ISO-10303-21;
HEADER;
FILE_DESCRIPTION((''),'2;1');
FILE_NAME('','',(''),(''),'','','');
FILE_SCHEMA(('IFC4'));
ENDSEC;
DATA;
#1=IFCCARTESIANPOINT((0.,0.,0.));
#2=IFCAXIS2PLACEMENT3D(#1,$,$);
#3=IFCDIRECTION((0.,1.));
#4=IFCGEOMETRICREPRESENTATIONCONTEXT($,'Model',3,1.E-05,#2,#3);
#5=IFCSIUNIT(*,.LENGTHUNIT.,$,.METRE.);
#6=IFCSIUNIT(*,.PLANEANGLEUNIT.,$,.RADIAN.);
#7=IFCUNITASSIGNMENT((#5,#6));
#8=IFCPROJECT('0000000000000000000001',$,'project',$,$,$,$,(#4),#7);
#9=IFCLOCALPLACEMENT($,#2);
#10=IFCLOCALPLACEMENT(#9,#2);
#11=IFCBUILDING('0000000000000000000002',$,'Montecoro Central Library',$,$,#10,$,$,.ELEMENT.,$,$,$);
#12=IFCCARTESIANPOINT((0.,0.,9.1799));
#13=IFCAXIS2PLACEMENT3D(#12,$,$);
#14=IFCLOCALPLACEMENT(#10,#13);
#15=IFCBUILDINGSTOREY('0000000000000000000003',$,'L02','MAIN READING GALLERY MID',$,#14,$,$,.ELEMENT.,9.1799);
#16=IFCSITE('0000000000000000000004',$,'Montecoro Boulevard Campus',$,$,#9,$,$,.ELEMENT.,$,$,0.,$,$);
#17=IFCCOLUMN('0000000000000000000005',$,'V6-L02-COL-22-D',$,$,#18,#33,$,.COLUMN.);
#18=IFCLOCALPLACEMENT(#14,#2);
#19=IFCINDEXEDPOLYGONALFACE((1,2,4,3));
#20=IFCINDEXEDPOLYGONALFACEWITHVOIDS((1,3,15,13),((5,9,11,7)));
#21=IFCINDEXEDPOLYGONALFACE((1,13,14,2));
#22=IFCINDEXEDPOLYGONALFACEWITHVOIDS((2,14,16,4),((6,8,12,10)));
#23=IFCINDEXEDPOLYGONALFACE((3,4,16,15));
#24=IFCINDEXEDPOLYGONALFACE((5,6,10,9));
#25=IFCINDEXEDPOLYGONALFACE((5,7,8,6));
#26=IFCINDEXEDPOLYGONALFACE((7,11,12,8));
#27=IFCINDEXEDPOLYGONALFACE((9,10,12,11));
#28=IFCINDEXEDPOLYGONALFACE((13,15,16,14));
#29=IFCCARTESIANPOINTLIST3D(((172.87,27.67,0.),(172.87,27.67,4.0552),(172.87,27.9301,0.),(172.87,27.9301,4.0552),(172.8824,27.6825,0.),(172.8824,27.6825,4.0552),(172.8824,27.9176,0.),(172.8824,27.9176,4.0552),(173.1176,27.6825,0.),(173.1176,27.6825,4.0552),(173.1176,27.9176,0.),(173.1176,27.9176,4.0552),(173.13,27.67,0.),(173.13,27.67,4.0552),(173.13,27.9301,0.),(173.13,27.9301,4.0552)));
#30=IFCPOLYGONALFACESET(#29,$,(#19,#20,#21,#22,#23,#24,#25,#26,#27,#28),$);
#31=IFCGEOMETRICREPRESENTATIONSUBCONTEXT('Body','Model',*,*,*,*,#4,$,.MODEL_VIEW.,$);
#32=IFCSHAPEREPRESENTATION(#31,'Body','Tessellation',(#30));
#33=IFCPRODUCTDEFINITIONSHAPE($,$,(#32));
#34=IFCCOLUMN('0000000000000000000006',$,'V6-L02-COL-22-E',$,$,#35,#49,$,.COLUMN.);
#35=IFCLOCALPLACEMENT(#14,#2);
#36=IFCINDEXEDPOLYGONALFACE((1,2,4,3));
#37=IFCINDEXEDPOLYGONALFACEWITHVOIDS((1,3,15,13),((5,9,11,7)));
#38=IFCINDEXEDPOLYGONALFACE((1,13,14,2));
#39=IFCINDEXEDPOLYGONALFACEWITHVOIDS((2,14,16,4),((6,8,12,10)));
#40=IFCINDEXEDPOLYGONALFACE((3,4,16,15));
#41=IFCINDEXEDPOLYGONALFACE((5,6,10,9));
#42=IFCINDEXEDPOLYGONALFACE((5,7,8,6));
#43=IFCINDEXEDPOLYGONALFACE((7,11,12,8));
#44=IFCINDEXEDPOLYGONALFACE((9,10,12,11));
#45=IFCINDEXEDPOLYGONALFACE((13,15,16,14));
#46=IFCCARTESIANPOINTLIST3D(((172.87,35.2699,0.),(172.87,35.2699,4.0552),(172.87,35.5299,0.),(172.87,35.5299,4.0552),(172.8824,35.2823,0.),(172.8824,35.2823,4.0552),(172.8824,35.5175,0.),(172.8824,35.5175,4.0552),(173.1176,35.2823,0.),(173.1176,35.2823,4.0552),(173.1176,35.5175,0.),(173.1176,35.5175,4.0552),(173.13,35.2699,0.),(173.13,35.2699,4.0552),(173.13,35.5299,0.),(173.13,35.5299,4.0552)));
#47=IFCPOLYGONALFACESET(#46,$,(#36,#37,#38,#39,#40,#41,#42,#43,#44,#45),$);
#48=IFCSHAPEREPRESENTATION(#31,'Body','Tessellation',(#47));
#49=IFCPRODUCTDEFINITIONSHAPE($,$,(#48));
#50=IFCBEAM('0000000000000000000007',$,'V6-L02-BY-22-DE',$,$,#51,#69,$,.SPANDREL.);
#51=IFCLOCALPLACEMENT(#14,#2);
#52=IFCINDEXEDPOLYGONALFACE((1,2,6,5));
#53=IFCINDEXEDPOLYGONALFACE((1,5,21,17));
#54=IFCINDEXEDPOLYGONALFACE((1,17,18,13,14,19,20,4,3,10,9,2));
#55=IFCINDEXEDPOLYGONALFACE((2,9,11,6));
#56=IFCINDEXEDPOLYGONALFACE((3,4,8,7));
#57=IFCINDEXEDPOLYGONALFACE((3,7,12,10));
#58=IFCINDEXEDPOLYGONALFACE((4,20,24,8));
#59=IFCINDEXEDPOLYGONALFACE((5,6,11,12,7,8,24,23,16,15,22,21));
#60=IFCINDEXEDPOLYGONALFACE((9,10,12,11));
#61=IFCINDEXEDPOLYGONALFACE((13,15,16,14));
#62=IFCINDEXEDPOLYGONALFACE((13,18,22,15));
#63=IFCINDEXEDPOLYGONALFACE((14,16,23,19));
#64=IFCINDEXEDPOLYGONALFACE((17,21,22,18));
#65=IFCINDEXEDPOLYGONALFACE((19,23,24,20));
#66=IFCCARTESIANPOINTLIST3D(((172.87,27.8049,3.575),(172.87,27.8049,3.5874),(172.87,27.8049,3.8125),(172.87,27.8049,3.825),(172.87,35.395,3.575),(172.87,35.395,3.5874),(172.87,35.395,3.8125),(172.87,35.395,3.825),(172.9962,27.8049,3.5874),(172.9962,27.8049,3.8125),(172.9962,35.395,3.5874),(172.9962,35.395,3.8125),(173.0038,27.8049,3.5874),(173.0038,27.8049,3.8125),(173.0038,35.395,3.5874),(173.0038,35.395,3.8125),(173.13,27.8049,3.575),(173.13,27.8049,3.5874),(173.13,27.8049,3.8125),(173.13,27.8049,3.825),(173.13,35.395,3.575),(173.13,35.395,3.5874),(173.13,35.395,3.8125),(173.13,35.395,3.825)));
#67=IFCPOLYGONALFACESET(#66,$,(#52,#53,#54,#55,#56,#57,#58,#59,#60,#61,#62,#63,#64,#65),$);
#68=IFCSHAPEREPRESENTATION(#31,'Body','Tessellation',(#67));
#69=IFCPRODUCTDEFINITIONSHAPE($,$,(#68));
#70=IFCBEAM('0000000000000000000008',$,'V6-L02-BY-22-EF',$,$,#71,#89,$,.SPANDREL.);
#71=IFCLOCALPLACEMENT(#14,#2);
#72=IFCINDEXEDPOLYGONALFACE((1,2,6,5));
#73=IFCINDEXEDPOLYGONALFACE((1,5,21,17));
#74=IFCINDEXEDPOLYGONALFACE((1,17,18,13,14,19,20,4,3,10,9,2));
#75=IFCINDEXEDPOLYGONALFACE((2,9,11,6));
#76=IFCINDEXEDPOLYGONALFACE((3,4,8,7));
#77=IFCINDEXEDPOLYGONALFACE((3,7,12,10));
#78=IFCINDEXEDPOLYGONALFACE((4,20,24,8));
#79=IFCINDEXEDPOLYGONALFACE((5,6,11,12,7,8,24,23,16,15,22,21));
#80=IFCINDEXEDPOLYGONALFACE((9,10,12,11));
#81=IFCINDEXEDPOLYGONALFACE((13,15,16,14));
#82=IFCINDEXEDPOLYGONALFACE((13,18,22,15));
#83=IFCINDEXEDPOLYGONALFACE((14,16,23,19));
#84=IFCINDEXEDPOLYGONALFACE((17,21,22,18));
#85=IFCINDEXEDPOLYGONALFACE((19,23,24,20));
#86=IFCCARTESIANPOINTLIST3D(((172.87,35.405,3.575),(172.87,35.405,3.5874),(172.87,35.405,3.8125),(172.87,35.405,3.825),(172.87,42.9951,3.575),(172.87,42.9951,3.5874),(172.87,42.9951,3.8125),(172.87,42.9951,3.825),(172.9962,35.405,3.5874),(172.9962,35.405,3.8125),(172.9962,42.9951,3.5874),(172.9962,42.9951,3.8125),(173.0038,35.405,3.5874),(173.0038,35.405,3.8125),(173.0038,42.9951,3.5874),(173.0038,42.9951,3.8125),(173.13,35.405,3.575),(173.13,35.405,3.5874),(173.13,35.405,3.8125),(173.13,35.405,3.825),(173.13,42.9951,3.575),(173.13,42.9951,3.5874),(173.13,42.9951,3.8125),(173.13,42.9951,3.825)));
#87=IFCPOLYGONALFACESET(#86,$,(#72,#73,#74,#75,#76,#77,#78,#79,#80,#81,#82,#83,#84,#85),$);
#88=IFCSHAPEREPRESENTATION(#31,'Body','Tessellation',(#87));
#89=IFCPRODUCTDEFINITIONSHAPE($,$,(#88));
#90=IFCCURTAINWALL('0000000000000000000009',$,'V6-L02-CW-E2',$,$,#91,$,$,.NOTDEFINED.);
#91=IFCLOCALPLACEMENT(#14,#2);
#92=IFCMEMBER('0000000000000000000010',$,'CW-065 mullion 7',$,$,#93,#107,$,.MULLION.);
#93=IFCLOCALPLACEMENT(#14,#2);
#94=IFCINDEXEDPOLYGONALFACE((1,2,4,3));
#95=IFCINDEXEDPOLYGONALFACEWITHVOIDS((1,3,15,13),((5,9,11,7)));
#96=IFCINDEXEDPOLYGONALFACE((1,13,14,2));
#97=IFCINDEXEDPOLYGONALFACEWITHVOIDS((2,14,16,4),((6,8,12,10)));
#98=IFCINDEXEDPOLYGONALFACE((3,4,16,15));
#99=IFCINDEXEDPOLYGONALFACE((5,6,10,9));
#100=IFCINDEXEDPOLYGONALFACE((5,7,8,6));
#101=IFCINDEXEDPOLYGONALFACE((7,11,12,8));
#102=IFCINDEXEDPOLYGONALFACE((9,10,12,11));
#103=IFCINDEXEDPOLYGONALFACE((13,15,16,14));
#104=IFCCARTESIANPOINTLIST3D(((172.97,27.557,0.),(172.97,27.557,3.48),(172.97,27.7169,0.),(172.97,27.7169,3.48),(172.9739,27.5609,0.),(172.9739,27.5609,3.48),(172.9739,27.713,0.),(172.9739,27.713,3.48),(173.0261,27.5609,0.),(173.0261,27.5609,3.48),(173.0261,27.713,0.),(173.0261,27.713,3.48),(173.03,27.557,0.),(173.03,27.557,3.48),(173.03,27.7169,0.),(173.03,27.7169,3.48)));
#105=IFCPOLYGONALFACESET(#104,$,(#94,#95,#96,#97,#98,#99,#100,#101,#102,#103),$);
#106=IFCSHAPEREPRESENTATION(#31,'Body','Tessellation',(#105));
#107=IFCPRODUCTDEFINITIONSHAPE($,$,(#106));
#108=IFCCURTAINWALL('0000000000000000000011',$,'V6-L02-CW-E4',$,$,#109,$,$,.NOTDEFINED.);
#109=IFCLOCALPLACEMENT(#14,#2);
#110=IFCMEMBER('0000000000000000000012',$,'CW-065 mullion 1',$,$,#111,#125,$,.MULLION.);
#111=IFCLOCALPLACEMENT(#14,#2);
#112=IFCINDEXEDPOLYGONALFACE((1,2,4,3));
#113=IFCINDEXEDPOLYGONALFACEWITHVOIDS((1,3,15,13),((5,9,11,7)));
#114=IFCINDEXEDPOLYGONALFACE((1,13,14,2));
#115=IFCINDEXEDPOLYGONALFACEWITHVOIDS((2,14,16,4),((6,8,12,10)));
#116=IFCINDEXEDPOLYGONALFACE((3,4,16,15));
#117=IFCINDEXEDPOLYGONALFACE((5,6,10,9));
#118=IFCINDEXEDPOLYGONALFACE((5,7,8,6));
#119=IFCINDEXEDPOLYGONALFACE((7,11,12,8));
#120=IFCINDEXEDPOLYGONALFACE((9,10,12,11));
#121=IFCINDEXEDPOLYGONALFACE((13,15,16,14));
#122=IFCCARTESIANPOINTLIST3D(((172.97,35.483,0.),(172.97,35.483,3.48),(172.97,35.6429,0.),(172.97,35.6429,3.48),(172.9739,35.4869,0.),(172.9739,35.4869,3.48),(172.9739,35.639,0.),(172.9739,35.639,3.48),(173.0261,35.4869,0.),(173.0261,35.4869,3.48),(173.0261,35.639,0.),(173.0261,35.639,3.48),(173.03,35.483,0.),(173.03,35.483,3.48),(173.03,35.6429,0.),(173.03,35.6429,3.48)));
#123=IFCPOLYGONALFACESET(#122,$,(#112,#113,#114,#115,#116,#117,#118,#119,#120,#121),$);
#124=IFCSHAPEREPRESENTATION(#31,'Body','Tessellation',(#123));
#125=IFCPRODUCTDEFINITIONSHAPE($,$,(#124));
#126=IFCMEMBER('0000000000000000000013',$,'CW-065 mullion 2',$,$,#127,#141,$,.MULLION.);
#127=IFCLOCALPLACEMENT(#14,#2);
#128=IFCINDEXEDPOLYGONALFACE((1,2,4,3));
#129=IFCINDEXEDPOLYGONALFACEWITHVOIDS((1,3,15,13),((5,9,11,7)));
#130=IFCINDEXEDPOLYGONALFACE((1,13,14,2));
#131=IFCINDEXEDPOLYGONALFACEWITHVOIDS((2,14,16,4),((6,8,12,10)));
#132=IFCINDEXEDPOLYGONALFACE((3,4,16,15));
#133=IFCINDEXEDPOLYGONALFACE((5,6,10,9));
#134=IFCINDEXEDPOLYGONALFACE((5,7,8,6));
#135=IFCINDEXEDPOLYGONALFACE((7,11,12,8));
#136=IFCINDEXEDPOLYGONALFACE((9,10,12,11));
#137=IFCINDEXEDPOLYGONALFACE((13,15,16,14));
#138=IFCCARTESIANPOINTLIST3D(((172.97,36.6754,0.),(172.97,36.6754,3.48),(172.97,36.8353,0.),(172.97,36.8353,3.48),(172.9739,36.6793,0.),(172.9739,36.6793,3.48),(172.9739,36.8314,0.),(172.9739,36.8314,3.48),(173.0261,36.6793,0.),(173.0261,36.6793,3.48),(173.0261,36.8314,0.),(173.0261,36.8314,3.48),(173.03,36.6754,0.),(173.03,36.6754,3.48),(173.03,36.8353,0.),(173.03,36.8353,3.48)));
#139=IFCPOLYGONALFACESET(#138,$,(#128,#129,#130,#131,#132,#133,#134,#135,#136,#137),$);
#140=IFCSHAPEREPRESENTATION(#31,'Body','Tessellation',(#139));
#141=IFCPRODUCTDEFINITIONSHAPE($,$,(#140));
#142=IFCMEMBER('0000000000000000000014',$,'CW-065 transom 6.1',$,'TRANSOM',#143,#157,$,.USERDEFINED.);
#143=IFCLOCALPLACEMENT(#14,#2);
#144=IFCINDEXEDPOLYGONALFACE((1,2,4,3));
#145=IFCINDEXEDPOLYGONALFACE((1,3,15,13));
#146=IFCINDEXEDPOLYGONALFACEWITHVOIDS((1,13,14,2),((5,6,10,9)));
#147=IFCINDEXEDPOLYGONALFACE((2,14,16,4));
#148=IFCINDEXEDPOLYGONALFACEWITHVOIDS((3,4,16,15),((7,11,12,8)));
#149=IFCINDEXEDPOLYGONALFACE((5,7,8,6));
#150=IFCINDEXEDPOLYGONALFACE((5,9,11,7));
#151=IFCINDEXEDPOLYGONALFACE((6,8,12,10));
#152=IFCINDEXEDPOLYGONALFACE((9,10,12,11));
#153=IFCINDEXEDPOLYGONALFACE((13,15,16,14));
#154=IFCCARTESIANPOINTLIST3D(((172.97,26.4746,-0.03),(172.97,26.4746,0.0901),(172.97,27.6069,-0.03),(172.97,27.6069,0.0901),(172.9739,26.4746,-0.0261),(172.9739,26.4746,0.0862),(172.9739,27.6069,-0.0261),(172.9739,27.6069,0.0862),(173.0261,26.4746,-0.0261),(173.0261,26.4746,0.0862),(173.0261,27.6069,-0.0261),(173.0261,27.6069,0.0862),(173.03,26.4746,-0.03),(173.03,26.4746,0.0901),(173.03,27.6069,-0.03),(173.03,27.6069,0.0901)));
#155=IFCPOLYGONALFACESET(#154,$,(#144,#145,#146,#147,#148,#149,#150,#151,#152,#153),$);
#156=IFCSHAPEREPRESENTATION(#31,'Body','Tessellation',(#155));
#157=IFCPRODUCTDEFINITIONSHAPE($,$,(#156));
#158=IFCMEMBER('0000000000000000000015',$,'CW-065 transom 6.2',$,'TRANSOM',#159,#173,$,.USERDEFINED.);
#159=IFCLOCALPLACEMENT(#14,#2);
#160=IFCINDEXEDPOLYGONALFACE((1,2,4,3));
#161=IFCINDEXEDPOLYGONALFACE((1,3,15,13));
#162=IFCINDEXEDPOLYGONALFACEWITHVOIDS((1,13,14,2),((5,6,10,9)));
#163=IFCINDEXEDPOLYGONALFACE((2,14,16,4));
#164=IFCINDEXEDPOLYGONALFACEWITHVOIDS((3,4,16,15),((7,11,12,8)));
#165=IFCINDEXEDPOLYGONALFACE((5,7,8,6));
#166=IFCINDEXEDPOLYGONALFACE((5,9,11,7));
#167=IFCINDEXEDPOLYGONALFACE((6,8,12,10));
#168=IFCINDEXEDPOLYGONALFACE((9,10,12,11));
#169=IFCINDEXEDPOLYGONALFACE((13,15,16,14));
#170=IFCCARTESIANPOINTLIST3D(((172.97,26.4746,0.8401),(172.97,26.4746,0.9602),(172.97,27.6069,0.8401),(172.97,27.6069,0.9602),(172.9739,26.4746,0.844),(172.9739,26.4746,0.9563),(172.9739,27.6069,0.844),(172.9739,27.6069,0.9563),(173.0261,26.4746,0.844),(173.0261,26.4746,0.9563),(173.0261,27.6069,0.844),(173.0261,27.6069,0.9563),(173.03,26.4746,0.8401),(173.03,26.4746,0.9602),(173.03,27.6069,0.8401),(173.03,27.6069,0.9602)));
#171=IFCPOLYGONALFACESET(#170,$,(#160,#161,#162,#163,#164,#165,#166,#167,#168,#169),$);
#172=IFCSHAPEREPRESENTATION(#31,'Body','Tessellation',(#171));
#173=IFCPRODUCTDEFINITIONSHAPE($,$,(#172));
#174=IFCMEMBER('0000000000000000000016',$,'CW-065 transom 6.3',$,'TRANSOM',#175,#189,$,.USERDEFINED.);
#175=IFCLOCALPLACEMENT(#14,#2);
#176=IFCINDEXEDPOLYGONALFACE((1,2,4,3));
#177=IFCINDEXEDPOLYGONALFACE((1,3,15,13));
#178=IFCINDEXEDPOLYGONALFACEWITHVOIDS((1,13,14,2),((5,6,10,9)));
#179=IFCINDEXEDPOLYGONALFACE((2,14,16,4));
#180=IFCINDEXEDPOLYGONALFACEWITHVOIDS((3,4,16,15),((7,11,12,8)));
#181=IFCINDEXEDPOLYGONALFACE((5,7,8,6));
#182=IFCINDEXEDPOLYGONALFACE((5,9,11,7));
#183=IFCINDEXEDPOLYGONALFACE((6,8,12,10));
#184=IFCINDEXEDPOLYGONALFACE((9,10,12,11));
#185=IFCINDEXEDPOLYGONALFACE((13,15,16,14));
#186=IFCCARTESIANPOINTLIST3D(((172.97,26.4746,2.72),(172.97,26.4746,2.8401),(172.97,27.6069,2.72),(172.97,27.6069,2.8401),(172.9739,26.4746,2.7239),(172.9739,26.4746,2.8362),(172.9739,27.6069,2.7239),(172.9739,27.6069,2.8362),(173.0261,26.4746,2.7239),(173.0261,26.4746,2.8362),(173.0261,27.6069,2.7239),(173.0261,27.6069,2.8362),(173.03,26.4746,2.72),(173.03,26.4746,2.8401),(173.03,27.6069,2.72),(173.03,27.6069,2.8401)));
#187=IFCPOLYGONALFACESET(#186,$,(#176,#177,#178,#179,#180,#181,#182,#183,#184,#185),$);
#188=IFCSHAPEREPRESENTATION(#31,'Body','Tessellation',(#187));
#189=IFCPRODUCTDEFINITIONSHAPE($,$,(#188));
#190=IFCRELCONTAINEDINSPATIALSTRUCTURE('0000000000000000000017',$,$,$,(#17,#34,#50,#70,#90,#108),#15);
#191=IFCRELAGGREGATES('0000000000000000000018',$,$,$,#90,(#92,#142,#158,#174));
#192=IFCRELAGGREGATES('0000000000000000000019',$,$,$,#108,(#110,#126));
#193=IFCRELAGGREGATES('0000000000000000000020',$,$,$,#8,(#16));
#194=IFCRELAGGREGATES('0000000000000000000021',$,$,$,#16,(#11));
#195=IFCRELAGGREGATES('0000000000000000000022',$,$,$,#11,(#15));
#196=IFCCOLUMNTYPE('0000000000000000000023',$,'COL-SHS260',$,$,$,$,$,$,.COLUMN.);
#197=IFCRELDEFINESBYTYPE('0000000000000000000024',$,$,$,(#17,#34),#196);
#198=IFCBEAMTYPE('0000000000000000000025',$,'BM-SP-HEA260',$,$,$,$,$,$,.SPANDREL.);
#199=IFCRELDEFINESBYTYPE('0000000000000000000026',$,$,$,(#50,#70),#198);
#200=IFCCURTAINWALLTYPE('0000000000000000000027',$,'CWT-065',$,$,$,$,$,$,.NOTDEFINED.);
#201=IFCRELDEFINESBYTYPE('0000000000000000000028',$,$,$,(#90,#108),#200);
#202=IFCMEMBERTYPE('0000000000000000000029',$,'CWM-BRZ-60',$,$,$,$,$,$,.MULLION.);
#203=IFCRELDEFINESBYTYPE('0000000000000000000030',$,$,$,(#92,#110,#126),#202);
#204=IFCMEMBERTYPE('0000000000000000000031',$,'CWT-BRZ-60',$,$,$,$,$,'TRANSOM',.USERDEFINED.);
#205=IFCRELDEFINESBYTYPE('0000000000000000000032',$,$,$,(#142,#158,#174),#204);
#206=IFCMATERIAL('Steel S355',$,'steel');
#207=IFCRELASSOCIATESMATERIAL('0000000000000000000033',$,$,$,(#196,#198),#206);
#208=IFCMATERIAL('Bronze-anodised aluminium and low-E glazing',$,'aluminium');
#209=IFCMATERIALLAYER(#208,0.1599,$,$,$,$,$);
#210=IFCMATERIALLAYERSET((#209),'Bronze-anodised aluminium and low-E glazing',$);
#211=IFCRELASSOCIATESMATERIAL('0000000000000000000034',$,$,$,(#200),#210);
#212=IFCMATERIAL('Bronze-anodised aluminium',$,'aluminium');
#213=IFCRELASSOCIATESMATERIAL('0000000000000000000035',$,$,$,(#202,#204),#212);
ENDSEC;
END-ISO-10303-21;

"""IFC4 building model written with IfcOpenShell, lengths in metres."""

from ifc_helpers import new_model, si_unit, direction, frame, origin, origin_2d, place, context, subcontext, project, spatial, hollow_rectangle, i_section, extrude, material, layer, layer_set, material_profile, profile_set, type_object, element, aggregate, save


model = new_model("IFC4")

# Units and contexts
model_context = context("Model", 3, precision=1e-05, world=origin(), true_north=direction((0.0, 1.0)))
body_context = subcontext(model_context, "Body", "Model", "MODEL_VIEW")
ifc_project = project(units=[si_unit("LENGTHUNIT", "METRE"), si_unit("PLANEANGLEUNIT", "RADIAN")], contexts=[model_context])

# Site, building, storey
site_placement = place(None, origin())
site = spatial("IfcSite", under=ifc_project, at=site_placement, Name="Montecoro Boulevard Campus", CompositionType="ELEMENT", RefElevation=0.0)
building_placement = place(site_placement, origin())
building = spatial("IfcBuilding", under=site, at=building_placement, Name="Montecoro Central Library", CompositionType="ELEMENT")
storey_placement = place(building_placement, frame((0.0, 0.0, 9.1799)))
storey = spatial("IfcBuildingStorey", under=building, at=storey_placement, Name="L02", Description="MAIN READING GALLERY MID", CompositionType="ELEMENT", Elevation=9.1799)

# Columns
ifc_material_1 = material(Name="Steel S355", Category="steel")
ifc_material_profile_1 = material_profile(ifc_material_1, hollow_rectangle(XDim=0.26, YDim=0.26, WallThickness=0.0125, at=origin_2d()), Name="SHS 260x260x12.5")
ifc_profile_set_1 = profile_set([ifc_material_profile_1], Name="Steel S355")
column_type = type_object("IfcColumnType", Name="COL-SHS260", PredefinedType="COLUMN", material=ifc_profile_set_1)
for number, where, z_axis, x_axis, name in (
    (1, (173.0, 27.8, 0.0), (0.0, 0.0, 1.0), (1.0, 0.0, 0.0), "V6-L02-COL-22-D"),
    (2, (173.0, 35.3999, 0.0), (0.0, 0.0, 1.0), (1.0, 0.0, 0.0), "V6-L02-COL-22-E"),
):
    element("IfcColumn", number, at=place(storey_placement, frame(where, z_axis=z_axis, x_axis=x_axis)), inside=storey, type_object=column_type, Name=name, PredefinedType="COLUMN", context=body_context, shape_type="SweptSolid", body=[
        extrude(hollow_rectangle(XDim=0.26, YDim=0.26, WallThickness=0.0125, at=origin_2d()), origin(), (0.0, 0.0, 1.0), 4.0552),
    ])

# Beams
ifc_material_profile_2 = material_profile(ifc_material_1, i_section(OverallWidth=0.26, OverallDepth=0.25, WebThickness=0.0076, FlangeThickness=0.0125, at=origin_2d()), Name="HEA 260")
ifc_profile_set_2 = profile_set([ifc_material_profile_2], Name="Steel S355")
beam_type = type_object("IfcBeamType", Name="BM-SP-HEA260", PredefinedType="SPANDREL", material=ifc_profile_set_2)
for number, where, z_axis, x_axis, name in (
    (3, (173.0, 27.8049, 3.7), (0.0, 1.0, 0.0), (-1.0, 0.0, 0.0), "V6-L02-BY-22-DE"),
    (4, (173.0, 35.405, 3.7), (0.0, 1.0, 0.0), (-1.0, 0.0, 0.0), "V6-L02-BY-22-EF"),
):
    element("IfcBeam", number, at=place(storey_placement, frame(where, z_axis=z_axis, x_axis=x_axis)), inside=storey, type_object=beam_type, Name=name, PredefinedType="SPANDREL", context=body_context, shape_type="SweptSolid", body=[
        extrude(i_section(OverallWidth=0.26, OverallDepth=0.25, WebThickness=0.0076, FlangeThickness=0.0125, at=origin_2d()), origin(), (0.0, 0.0, 1.0), 7.5901),
    ])

# Curtain wall, member
ifc_material_2 = material(Name="Bronze-anodised aluminium and low-E glazing", Category="aluminium")
ifc_layer_1 = layer(ifc_material_2, 0.1599)
ifc_layer_set_1 = layer_set([ifc_layer_1], Name="Bronze-anodised aluminium and low-E glazing")
curtain_wall_type = type_object("IfcCurtainWallType", Name="CWT-065", PredefinedType="NOTDEFINED", material=ifc_layer_set_1)
curtain_wall_1_placement = place(storey_placement, origin())
curtain_wall_1 = element("IfcCurtainWall", 5, at=curtain_wall_1_placement, inside=storey, type_object=curtain_wall_type, Name="V6-L02-CW-E2", PredefinedType="NOTDEFINED")
ifc_material_3 = material(Name="Bronze-anodised aluminium", Category="aluminium")
ifc_material_profile_3 = material_profile(ifc_material_3, hollow_rectangle(XDim=0.0601, YDim=0.1599, WallThickness=0.0039, at=origin_2d()), Name="CWM 160x60x4.0")
ifc_profile_set_3 = profile_set([ifc_material_profile_3], Name="Bronze-anodised aluminium")
member_type_1 = type_object("IfcMemberType", Name="CWM-BRZ-60", PredefinedType="MULLION", material=ifc_profile_set_3)
member_1_placement = place(storey_placement, frame((173.0, 27.637, 0.0), z_axis=(0.0, 0.0, 1.0), x_axis=(-1.0, 0.0, 0.0)))
member_1 = element("IfcMember", 6, at=member_1_placement, type_object=member_type_1, Name="CW-065 mullion 7", PredefinedType="MULLION", context=body_context, shape_type="SweptSolid", body=[
    extrude(hollow_rectangle(XDim=0.0601, YDim=0.1599, WallThickness=0.0039, at=origin_2d()), origin(), (0.0, 0.0, 1.0), 3.48),
])

# Curtain wall, members
curtain_wall_2_placement = place(storey_placement, origin())
curtain_wall_2 = element("IfcCurtainWall", 7, at=curtain_wall_2_placement, inside=storey, type_object=curtain_wall_type, Name="V6-L02-CW-E4", PredefinedType="NOTDEFINED")
member_2_placement = place(storey_placement, frame((173.0, 35.563, 0.0), z_axis=(0.0, 0.0, 1.0), x_axis=(-1.0, 0.0, 0.0)))
member_2 = element("IfcMember", 8, at=member_2_placement, type_object=member_type_1, Name="CW-065 mullion 1", PredefinedType="MULLION", context=body_context, shape_type="SweptSolid", body=[
    extrude(hollow_rectangle(XDim=0.0601, YDim=0.1599, WallThickness=0.0039, at=origin_2d()), origin(), (0.0, 0.0, 1.0), 3.48),
])
member_3_placement = place(storey_placement, frame((173.0, 36.7554, 0.0), z_axis=(0.0, 0.0, 1.0), x_axis=(-1.0, 0.0, 0.0)))
member_3 = element("IfcMember", 9, at=member_3_placement, type_object=member_type_1, Name="CW-065 mullion 2", PredefinedType="MULLION", context=body_context, shape_type="SweptSolid", body=[
    extrude(hollow_rectangle(XDim=0.0601, YDim=0.1599, WallThickness=0.0039, at=origin_2d()), origin(), (0.0, 0.0, 1.0), 3.48),
])

# Members
ifc_material_profile_4 = material_profile(ifc_material_3, hollow_rectangle(XDim=0.0601, YDim=0.1201, WallThickness=0.0039, at=origin_2d()), Name="CWT 120x60x4.0")
ifc_profile_set_4 = profile_set([ifc_material_profile_4], Name="Bronze-anodised aluminium")
member_type_2 = type_object("IfcMemberType", Name="CWT-BRZ-60", ElementType="TRANSOM", PredefinedType="USERDEFINED", material=ifc_profile_set_4)
member_4_placement = place(storey_placement, frame((173.0, 26.4746, 0.03), z_axis=(0.0, 1.0, 0.0), x_axis=(-1.0, 0.0, 0.0)))
member_4 = element("IfcMember", 10, at=member_4_placement, type_object=member_type_2, Name="CW-065 transom 6.1", ObjectType="TRANSOM", PredefinedType="USERDEFINED", context=body_context, shape_type="SweptSolid", body=[
    extrude(hollow_rectangle(XDim=0.0601, YDim=0.1201, WallThickness=0.0039, at=origin_2d()), origin(), (0.0, 0.0, 1.0), 1.1323),
])
member_5_placement = place(storey_placement, frame((173.0, 26.4746, 0.9001), z_axis=(0.0, 1.0, 0.0), x_axis=(-1.0, 0.0, 0.0)))
member_5 = element("IfcMember", 11, at=member_5_placement, type_object=member_type_2, Name="CW-065 transom 6.2", ObjectType="TRANSOM", PredefinedType="USERDEFINED", context=body_context, shape_type="SweptSolid", body=[
    extrude(hollow_rectangle(XDim=0.0601, YDim=0.1201, WallThickness=0.0039, at=origin_2d()), origin(), (0.0, 0.0, 1.0), 1.1323),
])
member_6_placement = place(storey_placement, frame((173.0, 26.4746, 2.78), z_axis=(0.0, 1.0, 0.0), x_axis=(-1.0, 0.0, 0.0)))
member_6 = element("IfcMember", 12, at=member_6_placement, type_object=member_type_2, Name="CW-065 transom 6.3", ObjectType="TRANSOM", PredefinedType="USERDEFINED", context=body_context, shape_type="SweptSolid", body=[
    extrude(hollow_rectangle(XDim=0.0601, YDim=0.1201, WallThickness=0.0039, at=origin_2d()), origin(), (0.0, 0.0, 1.0), 1.1323),
])

aggregate(curtain_wall_1, [member_1, member_4, member_5, member_6])
aggregate(curtain_wall_2, [member_2, member_3])

save(model, "model.ifc")
